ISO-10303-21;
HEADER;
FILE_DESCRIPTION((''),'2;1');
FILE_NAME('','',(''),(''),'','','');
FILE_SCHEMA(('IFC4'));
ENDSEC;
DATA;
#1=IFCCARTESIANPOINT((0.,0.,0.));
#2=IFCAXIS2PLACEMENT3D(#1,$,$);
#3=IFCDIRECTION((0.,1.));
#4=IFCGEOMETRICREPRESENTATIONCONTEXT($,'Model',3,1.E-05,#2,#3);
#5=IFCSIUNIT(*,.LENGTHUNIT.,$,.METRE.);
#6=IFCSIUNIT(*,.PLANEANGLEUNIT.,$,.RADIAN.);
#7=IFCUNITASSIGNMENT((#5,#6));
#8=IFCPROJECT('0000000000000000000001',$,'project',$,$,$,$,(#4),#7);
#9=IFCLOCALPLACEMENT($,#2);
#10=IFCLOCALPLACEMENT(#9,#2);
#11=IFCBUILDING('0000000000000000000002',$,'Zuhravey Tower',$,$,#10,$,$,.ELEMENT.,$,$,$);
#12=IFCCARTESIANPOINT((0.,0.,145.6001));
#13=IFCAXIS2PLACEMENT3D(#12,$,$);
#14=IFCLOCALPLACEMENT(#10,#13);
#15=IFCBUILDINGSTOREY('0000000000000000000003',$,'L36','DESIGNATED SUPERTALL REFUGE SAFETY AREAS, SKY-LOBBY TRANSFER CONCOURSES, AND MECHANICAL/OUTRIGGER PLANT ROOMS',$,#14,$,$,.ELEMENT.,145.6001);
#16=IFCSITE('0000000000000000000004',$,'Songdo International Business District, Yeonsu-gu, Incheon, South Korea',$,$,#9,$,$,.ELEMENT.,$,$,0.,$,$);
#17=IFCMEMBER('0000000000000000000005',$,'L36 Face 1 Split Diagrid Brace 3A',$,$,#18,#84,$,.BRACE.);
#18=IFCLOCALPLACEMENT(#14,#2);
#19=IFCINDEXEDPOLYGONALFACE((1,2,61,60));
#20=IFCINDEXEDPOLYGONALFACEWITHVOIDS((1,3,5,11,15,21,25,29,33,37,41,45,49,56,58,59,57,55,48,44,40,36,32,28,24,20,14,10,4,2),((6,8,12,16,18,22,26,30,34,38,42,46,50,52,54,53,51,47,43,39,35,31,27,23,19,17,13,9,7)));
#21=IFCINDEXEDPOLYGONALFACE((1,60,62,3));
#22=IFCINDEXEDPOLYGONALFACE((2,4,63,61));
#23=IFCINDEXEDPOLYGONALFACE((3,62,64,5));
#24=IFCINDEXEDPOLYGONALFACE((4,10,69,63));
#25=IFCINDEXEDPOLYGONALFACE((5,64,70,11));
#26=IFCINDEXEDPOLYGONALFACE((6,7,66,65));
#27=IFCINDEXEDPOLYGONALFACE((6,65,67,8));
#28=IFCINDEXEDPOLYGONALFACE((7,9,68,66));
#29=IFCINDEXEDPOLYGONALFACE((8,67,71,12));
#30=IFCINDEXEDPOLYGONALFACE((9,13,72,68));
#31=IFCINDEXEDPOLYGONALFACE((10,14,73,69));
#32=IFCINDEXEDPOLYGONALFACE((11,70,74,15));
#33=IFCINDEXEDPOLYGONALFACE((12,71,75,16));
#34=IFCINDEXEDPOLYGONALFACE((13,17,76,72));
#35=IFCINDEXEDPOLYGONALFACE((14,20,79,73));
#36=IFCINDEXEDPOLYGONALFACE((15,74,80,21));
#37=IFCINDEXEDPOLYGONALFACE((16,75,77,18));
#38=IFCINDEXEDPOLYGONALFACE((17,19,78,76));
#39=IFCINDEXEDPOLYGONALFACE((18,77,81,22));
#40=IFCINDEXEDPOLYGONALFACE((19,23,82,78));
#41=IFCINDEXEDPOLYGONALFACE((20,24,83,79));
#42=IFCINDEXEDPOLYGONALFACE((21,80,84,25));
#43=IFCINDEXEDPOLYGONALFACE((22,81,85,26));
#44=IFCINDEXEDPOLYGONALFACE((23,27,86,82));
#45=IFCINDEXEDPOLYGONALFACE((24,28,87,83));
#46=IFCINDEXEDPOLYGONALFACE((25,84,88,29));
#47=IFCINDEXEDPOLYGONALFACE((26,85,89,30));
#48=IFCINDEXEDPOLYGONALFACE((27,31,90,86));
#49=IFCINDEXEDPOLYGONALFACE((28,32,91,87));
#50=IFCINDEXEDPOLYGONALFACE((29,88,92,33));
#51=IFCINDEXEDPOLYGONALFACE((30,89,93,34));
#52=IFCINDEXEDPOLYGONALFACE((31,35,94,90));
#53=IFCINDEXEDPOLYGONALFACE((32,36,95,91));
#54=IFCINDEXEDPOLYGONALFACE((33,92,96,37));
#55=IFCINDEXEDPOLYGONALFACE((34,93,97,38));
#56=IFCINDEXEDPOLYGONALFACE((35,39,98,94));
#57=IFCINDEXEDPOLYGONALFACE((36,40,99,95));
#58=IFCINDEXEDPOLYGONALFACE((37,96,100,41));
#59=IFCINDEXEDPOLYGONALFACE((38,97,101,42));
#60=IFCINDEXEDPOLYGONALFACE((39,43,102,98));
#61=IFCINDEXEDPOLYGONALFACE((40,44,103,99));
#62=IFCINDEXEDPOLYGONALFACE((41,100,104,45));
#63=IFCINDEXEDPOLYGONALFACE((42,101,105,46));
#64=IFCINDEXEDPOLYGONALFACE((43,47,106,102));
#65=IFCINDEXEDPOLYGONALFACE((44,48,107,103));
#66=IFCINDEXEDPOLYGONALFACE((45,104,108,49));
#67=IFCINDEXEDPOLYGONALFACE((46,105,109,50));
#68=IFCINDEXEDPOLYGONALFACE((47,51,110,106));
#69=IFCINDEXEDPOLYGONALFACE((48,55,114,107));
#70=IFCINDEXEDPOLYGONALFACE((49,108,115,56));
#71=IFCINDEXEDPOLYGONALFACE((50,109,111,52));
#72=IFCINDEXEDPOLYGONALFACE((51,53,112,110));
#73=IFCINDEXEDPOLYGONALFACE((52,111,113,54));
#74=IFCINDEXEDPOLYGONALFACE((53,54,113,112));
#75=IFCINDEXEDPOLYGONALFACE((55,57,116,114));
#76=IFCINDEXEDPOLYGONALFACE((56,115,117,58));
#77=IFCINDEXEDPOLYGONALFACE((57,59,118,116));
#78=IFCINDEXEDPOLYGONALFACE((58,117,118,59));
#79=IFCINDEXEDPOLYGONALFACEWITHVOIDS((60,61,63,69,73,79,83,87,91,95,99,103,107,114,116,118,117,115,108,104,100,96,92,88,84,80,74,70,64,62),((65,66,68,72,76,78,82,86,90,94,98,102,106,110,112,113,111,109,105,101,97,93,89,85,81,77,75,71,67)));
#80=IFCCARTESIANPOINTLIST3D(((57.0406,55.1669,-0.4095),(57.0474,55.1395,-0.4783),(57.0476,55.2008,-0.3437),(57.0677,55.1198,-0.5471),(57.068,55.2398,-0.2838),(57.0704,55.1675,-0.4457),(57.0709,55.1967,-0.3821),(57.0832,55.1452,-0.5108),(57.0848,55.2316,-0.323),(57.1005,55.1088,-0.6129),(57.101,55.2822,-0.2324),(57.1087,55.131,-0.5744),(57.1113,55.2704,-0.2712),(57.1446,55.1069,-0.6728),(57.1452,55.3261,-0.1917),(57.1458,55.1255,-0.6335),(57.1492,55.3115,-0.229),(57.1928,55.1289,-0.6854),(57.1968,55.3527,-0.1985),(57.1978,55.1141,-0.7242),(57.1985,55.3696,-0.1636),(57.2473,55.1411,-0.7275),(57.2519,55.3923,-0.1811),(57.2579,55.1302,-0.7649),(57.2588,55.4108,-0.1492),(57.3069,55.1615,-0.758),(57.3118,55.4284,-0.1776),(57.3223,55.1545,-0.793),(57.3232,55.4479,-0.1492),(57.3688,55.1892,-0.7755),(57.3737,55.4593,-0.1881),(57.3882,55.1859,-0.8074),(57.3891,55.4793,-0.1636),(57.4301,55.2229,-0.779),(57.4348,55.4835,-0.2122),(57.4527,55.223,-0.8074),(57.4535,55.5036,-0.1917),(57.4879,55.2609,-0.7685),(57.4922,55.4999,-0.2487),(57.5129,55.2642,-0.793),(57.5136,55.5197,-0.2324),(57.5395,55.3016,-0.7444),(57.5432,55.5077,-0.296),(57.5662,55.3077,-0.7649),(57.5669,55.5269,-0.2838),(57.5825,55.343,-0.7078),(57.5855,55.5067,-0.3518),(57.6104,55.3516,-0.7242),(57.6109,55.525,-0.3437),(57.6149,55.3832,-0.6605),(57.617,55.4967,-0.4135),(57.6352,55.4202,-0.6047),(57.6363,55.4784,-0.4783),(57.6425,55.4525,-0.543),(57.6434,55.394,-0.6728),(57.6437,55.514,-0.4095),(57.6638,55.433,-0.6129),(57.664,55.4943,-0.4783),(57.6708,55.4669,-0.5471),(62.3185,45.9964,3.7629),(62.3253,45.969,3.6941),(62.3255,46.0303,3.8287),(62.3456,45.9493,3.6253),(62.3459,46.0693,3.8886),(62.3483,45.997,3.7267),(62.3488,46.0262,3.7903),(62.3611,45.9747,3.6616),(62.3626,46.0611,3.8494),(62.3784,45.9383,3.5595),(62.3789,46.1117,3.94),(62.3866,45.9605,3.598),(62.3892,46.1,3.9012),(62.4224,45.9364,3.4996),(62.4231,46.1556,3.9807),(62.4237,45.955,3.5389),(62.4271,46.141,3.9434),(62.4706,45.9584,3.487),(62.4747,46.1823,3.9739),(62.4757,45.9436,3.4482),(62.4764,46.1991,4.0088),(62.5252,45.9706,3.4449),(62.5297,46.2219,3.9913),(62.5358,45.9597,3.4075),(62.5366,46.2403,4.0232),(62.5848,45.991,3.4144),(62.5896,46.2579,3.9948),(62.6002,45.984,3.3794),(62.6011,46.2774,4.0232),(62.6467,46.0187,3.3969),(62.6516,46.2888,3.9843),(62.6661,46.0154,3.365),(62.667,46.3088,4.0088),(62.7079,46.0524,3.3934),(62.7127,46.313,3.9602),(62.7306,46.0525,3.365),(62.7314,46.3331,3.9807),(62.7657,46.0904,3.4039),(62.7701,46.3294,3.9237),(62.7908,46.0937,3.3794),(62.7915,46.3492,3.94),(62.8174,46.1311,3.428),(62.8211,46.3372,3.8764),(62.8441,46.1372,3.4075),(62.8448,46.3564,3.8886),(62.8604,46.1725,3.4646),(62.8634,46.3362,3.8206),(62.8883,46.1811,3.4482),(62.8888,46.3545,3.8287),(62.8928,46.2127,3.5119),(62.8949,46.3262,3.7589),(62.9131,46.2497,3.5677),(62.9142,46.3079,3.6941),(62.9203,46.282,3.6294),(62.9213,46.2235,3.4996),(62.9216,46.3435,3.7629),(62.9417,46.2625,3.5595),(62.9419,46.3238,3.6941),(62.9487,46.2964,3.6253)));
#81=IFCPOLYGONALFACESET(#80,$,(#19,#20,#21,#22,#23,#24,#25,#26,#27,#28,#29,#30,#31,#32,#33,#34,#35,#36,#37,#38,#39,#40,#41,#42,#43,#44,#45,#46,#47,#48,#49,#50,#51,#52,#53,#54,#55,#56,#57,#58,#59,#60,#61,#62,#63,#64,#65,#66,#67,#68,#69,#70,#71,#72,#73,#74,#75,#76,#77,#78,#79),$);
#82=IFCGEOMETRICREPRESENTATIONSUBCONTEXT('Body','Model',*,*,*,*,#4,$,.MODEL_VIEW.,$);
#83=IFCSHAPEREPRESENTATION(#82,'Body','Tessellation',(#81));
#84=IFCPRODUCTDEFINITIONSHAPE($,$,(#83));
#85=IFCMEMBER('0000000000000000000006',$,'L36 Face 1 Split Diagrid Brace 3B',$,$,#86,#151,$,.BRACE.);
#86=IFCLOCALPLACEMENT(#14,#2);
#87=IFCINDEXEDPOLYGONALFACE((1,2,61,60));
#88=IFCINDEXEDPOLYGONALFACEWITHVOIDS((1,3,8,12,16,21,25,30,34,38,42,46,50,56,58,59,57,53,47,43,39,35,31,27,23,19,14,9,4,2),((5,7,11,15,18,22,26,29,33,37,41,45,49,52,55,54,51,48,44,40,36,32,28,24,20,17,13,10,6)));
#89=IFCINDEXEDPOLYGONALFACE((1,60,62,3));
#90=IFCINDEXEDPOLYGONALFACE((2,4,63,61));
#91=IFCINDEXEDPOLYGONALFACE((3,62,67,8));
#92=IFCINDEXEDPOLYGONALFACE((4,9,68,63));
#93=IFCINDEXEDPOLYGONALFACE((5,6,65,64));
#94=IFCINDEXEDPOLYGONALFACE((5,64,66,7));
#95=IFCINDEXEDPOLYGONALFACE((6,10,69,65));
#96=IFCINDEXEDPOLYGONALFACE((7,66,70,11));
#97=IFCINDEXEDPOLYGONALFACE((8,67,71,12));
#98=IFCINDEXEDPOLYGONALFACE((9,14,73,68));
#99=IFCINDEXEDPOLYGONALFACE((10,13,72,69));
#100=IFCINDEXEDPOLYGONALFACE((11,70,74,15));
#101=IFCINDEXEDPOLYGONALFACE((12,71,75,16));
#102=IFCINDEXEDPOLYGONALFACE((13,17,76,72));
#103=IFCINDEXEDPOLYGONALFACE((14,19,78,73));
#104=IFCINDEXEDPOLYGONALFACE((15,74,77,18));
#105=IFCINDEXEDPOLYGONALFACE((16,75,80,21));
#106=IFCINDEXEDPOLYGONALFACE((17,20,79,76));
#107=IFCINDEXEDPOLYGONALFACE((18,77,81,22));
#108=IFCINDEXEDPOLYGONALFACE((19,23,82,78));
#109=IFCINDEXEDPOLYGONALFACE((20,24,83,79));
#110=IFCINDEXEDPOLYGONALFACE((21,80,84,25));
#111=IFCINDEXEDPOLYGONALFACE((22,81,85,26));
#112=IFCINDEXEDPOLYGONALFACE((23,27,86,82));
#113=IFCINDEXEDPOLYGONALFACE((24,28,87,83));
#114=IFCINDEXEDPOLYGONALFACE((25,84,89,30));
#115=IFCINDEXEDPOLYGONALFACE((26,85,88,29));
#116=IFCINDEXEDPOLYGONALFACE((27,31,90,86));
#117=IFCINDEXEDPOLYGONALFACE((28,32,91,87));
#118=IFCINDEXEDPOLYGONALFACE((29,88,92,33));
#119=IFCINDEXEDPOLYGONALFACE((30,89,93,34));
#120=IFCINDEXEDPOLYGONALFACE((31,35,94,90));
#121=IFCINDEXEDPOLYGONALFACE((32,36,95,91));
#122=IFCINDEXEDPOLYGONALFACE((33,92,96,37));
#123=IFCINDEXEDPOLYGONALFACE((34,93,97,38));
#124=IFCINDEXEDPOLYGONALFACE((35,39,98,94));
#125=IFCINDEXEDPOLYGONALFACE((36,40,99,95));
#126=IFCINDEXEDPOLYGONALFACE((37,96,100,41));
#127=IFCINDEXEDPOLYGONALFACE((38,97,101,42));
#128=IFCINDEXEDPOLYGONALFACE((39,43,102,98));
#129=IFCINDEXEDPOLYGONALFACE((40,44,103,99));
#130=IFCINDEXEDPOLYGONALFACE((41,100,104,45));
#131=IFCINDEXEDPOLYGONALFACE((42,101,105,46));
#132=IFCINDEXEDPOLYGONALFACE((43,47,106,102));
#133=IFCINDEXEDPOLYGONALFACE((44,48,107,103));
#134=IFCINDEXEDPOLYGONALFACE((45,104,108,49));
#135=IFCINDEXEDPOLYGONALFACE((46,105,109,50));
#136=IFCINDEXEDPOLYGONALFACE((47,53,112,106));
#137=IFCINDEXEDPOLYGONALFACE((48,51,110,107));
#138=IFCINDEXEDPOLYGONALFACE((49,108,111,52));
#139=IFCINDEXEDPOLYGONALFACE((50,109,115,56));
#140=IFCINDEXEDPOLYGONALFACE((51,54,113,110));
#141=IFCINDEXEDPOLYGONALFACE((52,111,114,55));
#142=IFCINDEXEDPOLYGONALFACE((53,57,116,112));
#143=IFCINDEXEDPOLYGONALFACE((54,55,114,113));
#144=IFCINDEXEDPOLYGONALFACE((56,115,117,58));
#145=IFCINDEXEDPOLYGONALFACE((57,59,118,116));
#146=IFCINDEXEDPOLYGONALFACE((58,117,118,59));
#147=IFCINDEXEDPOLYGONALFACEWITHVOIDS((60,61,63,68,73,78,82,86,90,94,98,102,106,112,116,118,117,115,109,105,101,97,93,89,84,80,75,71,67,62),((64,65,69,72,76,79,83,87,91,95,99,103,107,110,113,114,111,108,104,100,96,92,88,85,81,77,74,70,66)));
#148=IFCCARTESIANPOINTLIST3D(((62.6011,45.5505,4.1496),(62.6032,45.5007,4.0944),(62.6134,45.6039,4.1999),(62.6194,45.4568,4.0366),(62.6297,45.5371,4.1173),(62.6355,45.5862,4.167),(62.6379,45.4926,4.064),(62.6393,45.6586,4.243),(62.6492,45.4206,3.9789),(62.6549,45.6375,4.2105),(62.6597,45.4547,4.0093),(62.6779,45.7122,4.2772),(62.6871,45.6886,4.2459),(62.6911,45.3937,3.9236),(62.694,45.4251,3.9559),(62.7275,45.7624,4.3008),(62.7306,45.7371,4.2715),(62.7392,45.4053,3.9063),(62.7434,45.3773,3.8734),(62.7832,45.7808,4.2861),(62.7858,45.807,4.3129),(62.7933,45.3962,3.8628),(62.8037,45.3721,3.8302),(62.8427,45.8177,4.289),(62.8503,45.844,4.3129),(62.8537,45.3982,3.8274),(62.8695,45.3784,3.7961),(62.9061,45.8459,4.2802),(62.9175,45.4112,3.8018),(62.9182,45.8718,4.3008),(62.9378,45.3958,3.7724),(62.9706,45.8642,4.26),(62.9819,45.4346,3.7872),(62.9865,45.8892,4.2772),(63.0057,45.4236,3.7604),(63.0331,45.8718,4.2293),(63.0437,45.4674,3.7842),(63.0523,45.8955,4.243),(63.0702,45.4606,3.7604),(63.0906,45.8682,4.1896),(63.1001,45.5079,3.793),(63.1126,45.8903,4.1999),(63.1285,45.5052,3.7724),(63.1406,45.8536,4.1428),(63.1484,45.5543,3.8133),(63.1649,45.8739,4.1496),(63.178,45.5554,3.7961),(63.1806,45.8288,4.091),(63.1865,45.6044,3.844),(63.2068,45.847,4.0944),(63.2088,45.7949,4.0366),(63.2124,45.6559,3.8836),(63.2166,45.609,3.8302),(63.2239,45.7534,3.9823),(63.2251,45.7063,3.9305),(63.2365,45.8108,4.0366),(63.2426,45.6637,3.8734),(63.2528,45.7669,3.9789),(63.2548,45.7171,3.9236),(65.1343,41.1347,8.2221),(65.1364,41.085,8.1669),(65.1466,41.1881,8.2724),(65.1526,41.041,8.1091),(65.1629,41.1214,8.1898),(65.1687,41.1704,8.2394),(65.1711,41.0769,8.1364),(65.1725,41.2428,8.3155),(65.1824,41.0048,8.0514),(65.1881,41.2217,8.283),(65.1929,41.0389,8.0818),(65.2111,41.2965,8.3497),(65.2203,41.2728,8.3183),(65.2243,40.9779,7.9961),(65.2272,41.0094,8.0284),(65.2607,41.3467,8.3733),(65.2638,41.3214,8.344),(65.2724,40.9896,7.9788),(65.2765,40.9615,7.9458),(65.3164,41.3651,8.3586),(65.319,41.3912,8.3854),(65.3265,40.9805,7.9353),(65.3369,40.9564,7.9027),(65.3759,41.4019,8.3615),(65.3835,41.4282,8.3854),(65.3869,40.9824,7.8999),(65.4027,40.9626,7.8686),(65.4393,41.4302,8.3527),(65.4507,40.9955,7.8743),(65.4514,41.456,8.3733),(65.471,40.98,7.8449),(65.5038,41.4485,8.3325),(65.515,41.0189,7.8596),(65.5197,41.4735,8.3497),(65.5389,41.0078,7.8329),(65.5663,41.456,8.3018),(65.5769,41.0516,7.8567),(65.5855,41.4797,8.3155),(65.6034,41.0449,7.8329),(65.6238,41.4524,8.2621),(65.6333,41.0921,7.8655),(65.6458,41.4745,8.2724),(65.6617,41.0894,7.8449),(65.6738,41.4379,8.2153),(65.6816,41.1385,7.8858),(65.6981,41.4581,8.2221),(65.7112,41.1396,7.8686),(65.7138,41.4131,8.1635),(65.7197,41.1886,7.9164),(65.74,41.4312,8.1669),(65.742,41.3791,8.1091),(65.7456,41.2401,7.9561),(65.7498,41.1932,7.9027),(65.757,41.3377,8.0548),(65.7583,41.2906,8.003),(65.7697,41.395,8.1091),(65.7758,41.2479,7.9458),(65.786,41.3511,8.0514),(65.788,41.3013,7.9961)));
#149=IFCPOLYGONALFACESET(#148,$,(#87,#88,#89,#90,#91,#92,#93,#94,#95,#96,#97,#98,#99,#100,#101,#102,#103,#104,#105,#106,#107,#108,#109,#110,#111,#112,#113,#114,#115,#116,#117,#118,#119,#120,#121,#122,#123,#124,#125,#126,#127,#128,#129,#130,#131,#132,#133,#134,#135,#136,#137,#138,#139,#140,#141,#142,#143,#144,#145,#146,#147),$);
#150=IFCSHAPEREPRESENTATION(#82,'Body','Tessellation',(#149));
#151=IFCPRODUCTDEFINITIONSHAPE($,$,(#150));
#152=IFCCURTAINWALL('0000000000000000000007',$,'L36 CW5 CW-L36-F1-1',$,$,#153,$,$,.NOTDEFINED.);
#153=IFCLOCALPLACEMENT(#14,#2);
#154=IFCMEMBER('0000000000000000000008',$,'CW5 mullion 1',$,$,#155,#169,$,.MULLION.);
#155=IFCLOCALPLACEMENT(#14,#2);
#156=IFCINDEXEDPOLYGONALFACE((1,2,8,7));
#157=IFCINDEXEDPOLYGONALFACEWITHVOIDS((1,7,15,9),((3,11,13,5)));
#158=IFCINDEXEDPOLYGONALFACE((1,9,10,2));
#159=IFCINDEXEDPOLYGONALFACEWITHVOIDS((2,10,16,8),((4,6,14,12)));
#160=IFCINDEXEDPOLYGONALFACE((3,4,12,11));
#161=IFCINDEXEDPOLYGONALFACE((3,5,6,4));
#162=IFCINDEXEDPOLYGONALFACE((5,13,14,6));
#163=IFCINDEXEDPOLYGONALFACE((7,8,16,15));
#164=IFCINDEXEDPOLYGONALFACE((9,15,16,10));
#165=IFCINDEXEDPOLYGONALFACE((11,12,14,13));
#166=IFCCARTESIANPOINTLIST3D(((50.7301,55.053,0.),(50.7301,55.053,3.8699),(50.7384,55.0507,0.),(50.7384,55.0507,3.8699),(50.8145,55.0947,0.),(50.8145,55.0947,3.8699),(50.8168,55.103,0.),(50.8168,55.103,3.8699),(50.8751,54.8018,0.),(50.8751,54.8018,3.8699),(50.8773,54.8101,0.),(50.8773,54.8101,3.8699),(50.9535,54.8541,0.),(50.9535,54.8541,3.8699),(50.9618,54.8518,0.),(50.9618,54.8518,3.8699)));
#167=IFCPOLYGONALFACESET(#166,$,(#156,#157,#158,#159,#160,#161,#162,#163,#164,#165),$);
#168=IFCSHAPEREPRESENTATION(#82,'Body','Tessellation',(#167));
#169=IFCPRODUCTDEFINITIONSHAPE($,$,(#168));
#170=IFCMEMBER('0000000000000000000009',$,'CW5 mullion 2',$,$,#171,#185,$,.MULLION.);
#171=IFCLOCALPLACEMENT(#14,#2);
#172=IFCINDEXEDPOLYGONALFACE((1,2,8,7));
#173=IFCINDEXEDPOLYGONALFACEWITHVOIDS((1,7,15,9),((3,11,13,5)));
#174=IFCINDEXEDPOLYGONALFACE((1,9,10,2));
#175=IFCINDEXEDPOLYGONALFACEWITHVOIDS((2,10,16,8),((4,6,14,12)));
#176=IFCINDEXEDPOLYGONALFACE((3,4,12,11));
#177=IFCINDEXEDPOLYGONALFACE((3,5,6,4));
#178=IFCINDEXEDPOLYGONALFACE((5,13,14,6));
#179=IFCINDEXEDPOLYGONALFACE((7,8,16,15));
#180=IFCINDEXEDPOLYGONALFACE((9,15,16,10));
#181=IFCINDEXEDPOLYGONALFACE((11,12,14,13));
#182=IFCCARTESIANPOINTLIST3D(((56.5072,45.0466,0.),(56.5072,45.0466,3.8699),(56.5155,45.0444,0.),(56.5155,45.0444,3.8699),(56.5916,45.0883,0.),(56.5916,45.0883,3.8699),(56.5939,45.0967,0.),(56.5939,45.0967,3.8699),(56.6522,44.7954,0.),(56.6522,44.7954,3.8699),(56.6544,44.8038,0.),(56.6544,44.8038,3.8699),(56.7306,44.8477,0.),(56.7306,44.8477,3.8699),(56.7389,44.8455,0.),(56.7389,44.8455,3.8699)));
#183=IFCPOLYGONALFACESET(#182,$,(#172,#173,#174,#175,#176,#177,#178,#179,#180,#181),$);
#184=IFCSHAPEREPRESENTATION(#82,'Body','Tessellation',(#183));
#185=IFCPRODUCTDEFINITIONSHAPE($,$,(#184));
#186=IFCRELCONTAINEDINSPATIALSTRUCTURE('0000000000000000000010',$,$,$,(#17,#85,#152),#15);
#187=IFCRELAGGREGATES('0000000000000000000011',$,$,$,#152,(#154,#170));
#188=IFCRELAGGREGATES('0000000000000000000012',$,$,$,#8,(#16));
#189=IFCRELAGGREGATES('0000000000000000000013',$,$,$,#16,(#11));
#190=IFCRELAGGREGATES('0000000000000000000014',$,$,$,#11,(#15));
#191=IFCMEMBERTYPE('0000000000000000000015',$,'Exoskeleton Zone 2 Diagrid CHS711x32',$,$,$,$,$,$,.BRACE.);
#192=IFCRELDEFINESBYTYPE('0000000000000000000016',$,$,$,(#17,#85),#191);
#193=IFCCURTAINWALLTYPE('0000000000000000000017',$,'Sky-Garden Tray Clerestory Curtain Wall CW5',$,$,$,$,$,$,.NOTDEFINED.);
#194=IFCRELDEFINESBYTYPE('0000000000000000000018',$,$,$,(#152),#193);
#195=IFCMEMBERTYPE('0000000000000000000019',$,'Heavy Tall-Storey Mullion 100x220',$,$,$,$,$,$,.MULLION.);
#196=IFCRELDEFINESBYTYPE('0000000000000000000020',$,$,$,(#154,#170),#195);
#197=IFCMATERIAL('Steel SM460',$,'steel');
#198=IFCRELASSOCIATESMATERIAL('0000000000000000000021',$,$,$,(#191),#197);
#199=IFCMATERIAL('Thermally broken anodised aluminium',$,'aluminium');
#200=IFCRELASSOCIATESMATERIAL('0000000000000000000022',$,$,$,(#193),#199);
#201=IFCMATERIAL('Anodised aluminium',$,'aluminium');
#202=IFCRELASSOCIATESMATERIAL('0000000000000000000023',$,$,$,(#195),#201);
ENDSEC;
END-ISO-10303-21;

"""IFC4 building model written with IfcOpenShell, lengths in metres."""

from ifc_helpers import new_model, si_unit, direction, frame, origin, origin_2d, place, context, subcontext, project, spatial, hollow_rectangle, hollow_circle, extrude, material, material_profile, profile_set, type_object, element, aggregate, save


model = new_model("IFC4")

# Units and contexts
model_context = context("Model", 3, precision=1e-05, world=origin(), true_north=direction((0.0, 1.0)))
body_context = subcontext(model_context, "Body", "Model", "MODEL_VIEW")
ifc_project = project(units=[si_unit("LENGTHUNIT", "METRE"), si_unit("PLANEANGLEUNIT", "RADIAN")], contexts=[model_context])

# Site, building, storey
site_placement = place(None, origin())
site = spatial("IfcSite", under=ifc_project, at=site_placement, Name="Songdo International Business District, Yeonsu-gu, Incheon, South Korea", CompositionType="ELEMENT", RefElevation=0.0)
building_placement = place(site_placement, origin())
building = spatial("IfcBuilding", under=site, at=building_placement, Name="Zuhravey Tower", CompositionType="ELEMENT")
storey_placement = place(building_placement, frame((0.0, 0.0, 145.6001)))
storey = spatial("IfcBuildingStorey", under=building, at=storey_placement, Name="L36", Description="DESIGNATED SUPERTALL REFUGE SAFETY AREAS, SKY-LOBBY TRANSFER CONCOURSES, AND MECHANICAL/OUTRIGGER PLANT ROOMS", CompositionType="ELEMENT", Elevation=145.6001)

# Members
ifc_material_1 = material(Name="Steel SM460", Category="steel")
ifc_material_profile_1 = material_profile(ifc_material_1, hollow_circle(Radius=0.3557, WallThickness=0.032, at=origin_2d()), Name="CHS-711.2x32")
ifc_profile_set_1 = profile_set([ifc_material_profile_1], Name="Steel SM460")
member_type_1 = type_object("IfcMemberType", Name="Exoskeleton Zone 2 Diagrid CHS711x32", PredefinedType="BRACE", material=ifc_profile_set_1)
member_1_placement = place(storey_placement, frame((57.3557, 55.3169, -0.4783), z_axis=(0.464039, -0.806284, 0.366844), x_axis=(0.866708, 0.498815, 0.0)))
element("IfcMember", 1, at=member_1_placement, inside=storey, type_object=member_type_1, Name="L36 Face 1 Split Diagrid Brace 3A", PredefinedType="BRACE", context=body_context, shape_type="SweptSolid", body=[
    extrude(hollow_circle(Radius=0.3557, WallThickness=0.032, at=origin_2d()), origin(), (0.0, 0.0, 1.0), 11.3738),
])
member_2_placement = place(storey_placement, frame((62.928, 45.6338, 4.0366), z_axis=(0.388569, -0.677337, 0.624684), x_axis=(0.867404, 0.497605, 0.0)))
element("IfcMember", 2, at=member_2_placement, inside=storey, type_object=member_type_1, Name="L36 Face 1 Split Diagrid Brace 3B", PredefinedType="BRACE", context=body_context, shape_type="SweptSolid", body=[
    extrude(hollow_circle(Radius=0.3557, WallThickness=0.032, at=origin_2d()), origin(), (0.0, 0.0, 1.0), 6.5193),
])

# Curtain wall, members
ifc_material_2 = material(Name="Thermally broken anodised aluminium", Category="aluminium")
curtain_wall_type = type_object("IfcCurtainWallType", Name="Sky-Garden Tray Clerestory Curtain Wall CW5", PredefinedType="NOTDEFINED", material=ifc_material_2)
curtain_wall_placement = place(storey_placement, origin())
curtain_wall = element("IfcCurtainWall", 3, at=curtain_wall_placement, inside=storey, type_object=curtain_wall_type, Name="L36 CW5 CW-L36-F1-1", PredefinedType="NOTDEFINED")
ifc_material_3 = material(Name="Anodised aluminium", Category="aluminium")
ifc_material_profile_2 = material_profile(ifc_material_3, hollow_rectangle(XDim=0.1001, YDim=0.29, WallThickness=0.0061, at=origin_2d()), Name="ALU-RHS-100x290x6")
ifc_profile_set_2 = profile_set([ifc_material_profile_2], Name="Anodised aluminium")
member_type_2 = type_object("IfcMemberType", Name="Heavy Tall-Storey Mullion 100x220", PredefinedType="MULLION", material=ifc_profile_set_2)
member_3_placement = place(storey_placement, frame((50.8459, 54.9524, 0.0), z_axis=(0.0, 0.0, 1.0), x_axis=(0.866027, 0.499998, 0.0)))
member_3 = element("IfcMember", 4, at=member_3_placement, type_object=member_type_2, Name="CW5 mullion 1", PredefinedType="MULLION", context=body_context, shape_type="SweptSolid", body=[
    extrude(hollow_rectangle(XDim=0.1001, YDim=0.29, WallThickness=0.0061, at=origin_2d()), origin(), (0.0, 0.0, 1.0), 3.8699),
])
member_4_placement = place(storey_placement, frame((56.623, 44.946, 0.0), z_axis=(0.0, 0.0, 1.0), x_axis=(0.866027, 0.499998, 0.0)))
member_4 = element("IfcMember", 5, at=member_4_placement, type_object=member_type_2, Name="CW5 mullion 2", PredefinedType="MULLION", context=body_context, shape_type="SweptSolid", body=[
    extrude(hollow_rectangle(XDim=0.1001, YDim=0.29, WallThickness=0.0061, at=origin_2d()), origin(), (0.0, 0.0, 1.0), 3.8699),
])

aggregate(curtain_wall, [member_3, member_4])

save(model, "model.ifc")
